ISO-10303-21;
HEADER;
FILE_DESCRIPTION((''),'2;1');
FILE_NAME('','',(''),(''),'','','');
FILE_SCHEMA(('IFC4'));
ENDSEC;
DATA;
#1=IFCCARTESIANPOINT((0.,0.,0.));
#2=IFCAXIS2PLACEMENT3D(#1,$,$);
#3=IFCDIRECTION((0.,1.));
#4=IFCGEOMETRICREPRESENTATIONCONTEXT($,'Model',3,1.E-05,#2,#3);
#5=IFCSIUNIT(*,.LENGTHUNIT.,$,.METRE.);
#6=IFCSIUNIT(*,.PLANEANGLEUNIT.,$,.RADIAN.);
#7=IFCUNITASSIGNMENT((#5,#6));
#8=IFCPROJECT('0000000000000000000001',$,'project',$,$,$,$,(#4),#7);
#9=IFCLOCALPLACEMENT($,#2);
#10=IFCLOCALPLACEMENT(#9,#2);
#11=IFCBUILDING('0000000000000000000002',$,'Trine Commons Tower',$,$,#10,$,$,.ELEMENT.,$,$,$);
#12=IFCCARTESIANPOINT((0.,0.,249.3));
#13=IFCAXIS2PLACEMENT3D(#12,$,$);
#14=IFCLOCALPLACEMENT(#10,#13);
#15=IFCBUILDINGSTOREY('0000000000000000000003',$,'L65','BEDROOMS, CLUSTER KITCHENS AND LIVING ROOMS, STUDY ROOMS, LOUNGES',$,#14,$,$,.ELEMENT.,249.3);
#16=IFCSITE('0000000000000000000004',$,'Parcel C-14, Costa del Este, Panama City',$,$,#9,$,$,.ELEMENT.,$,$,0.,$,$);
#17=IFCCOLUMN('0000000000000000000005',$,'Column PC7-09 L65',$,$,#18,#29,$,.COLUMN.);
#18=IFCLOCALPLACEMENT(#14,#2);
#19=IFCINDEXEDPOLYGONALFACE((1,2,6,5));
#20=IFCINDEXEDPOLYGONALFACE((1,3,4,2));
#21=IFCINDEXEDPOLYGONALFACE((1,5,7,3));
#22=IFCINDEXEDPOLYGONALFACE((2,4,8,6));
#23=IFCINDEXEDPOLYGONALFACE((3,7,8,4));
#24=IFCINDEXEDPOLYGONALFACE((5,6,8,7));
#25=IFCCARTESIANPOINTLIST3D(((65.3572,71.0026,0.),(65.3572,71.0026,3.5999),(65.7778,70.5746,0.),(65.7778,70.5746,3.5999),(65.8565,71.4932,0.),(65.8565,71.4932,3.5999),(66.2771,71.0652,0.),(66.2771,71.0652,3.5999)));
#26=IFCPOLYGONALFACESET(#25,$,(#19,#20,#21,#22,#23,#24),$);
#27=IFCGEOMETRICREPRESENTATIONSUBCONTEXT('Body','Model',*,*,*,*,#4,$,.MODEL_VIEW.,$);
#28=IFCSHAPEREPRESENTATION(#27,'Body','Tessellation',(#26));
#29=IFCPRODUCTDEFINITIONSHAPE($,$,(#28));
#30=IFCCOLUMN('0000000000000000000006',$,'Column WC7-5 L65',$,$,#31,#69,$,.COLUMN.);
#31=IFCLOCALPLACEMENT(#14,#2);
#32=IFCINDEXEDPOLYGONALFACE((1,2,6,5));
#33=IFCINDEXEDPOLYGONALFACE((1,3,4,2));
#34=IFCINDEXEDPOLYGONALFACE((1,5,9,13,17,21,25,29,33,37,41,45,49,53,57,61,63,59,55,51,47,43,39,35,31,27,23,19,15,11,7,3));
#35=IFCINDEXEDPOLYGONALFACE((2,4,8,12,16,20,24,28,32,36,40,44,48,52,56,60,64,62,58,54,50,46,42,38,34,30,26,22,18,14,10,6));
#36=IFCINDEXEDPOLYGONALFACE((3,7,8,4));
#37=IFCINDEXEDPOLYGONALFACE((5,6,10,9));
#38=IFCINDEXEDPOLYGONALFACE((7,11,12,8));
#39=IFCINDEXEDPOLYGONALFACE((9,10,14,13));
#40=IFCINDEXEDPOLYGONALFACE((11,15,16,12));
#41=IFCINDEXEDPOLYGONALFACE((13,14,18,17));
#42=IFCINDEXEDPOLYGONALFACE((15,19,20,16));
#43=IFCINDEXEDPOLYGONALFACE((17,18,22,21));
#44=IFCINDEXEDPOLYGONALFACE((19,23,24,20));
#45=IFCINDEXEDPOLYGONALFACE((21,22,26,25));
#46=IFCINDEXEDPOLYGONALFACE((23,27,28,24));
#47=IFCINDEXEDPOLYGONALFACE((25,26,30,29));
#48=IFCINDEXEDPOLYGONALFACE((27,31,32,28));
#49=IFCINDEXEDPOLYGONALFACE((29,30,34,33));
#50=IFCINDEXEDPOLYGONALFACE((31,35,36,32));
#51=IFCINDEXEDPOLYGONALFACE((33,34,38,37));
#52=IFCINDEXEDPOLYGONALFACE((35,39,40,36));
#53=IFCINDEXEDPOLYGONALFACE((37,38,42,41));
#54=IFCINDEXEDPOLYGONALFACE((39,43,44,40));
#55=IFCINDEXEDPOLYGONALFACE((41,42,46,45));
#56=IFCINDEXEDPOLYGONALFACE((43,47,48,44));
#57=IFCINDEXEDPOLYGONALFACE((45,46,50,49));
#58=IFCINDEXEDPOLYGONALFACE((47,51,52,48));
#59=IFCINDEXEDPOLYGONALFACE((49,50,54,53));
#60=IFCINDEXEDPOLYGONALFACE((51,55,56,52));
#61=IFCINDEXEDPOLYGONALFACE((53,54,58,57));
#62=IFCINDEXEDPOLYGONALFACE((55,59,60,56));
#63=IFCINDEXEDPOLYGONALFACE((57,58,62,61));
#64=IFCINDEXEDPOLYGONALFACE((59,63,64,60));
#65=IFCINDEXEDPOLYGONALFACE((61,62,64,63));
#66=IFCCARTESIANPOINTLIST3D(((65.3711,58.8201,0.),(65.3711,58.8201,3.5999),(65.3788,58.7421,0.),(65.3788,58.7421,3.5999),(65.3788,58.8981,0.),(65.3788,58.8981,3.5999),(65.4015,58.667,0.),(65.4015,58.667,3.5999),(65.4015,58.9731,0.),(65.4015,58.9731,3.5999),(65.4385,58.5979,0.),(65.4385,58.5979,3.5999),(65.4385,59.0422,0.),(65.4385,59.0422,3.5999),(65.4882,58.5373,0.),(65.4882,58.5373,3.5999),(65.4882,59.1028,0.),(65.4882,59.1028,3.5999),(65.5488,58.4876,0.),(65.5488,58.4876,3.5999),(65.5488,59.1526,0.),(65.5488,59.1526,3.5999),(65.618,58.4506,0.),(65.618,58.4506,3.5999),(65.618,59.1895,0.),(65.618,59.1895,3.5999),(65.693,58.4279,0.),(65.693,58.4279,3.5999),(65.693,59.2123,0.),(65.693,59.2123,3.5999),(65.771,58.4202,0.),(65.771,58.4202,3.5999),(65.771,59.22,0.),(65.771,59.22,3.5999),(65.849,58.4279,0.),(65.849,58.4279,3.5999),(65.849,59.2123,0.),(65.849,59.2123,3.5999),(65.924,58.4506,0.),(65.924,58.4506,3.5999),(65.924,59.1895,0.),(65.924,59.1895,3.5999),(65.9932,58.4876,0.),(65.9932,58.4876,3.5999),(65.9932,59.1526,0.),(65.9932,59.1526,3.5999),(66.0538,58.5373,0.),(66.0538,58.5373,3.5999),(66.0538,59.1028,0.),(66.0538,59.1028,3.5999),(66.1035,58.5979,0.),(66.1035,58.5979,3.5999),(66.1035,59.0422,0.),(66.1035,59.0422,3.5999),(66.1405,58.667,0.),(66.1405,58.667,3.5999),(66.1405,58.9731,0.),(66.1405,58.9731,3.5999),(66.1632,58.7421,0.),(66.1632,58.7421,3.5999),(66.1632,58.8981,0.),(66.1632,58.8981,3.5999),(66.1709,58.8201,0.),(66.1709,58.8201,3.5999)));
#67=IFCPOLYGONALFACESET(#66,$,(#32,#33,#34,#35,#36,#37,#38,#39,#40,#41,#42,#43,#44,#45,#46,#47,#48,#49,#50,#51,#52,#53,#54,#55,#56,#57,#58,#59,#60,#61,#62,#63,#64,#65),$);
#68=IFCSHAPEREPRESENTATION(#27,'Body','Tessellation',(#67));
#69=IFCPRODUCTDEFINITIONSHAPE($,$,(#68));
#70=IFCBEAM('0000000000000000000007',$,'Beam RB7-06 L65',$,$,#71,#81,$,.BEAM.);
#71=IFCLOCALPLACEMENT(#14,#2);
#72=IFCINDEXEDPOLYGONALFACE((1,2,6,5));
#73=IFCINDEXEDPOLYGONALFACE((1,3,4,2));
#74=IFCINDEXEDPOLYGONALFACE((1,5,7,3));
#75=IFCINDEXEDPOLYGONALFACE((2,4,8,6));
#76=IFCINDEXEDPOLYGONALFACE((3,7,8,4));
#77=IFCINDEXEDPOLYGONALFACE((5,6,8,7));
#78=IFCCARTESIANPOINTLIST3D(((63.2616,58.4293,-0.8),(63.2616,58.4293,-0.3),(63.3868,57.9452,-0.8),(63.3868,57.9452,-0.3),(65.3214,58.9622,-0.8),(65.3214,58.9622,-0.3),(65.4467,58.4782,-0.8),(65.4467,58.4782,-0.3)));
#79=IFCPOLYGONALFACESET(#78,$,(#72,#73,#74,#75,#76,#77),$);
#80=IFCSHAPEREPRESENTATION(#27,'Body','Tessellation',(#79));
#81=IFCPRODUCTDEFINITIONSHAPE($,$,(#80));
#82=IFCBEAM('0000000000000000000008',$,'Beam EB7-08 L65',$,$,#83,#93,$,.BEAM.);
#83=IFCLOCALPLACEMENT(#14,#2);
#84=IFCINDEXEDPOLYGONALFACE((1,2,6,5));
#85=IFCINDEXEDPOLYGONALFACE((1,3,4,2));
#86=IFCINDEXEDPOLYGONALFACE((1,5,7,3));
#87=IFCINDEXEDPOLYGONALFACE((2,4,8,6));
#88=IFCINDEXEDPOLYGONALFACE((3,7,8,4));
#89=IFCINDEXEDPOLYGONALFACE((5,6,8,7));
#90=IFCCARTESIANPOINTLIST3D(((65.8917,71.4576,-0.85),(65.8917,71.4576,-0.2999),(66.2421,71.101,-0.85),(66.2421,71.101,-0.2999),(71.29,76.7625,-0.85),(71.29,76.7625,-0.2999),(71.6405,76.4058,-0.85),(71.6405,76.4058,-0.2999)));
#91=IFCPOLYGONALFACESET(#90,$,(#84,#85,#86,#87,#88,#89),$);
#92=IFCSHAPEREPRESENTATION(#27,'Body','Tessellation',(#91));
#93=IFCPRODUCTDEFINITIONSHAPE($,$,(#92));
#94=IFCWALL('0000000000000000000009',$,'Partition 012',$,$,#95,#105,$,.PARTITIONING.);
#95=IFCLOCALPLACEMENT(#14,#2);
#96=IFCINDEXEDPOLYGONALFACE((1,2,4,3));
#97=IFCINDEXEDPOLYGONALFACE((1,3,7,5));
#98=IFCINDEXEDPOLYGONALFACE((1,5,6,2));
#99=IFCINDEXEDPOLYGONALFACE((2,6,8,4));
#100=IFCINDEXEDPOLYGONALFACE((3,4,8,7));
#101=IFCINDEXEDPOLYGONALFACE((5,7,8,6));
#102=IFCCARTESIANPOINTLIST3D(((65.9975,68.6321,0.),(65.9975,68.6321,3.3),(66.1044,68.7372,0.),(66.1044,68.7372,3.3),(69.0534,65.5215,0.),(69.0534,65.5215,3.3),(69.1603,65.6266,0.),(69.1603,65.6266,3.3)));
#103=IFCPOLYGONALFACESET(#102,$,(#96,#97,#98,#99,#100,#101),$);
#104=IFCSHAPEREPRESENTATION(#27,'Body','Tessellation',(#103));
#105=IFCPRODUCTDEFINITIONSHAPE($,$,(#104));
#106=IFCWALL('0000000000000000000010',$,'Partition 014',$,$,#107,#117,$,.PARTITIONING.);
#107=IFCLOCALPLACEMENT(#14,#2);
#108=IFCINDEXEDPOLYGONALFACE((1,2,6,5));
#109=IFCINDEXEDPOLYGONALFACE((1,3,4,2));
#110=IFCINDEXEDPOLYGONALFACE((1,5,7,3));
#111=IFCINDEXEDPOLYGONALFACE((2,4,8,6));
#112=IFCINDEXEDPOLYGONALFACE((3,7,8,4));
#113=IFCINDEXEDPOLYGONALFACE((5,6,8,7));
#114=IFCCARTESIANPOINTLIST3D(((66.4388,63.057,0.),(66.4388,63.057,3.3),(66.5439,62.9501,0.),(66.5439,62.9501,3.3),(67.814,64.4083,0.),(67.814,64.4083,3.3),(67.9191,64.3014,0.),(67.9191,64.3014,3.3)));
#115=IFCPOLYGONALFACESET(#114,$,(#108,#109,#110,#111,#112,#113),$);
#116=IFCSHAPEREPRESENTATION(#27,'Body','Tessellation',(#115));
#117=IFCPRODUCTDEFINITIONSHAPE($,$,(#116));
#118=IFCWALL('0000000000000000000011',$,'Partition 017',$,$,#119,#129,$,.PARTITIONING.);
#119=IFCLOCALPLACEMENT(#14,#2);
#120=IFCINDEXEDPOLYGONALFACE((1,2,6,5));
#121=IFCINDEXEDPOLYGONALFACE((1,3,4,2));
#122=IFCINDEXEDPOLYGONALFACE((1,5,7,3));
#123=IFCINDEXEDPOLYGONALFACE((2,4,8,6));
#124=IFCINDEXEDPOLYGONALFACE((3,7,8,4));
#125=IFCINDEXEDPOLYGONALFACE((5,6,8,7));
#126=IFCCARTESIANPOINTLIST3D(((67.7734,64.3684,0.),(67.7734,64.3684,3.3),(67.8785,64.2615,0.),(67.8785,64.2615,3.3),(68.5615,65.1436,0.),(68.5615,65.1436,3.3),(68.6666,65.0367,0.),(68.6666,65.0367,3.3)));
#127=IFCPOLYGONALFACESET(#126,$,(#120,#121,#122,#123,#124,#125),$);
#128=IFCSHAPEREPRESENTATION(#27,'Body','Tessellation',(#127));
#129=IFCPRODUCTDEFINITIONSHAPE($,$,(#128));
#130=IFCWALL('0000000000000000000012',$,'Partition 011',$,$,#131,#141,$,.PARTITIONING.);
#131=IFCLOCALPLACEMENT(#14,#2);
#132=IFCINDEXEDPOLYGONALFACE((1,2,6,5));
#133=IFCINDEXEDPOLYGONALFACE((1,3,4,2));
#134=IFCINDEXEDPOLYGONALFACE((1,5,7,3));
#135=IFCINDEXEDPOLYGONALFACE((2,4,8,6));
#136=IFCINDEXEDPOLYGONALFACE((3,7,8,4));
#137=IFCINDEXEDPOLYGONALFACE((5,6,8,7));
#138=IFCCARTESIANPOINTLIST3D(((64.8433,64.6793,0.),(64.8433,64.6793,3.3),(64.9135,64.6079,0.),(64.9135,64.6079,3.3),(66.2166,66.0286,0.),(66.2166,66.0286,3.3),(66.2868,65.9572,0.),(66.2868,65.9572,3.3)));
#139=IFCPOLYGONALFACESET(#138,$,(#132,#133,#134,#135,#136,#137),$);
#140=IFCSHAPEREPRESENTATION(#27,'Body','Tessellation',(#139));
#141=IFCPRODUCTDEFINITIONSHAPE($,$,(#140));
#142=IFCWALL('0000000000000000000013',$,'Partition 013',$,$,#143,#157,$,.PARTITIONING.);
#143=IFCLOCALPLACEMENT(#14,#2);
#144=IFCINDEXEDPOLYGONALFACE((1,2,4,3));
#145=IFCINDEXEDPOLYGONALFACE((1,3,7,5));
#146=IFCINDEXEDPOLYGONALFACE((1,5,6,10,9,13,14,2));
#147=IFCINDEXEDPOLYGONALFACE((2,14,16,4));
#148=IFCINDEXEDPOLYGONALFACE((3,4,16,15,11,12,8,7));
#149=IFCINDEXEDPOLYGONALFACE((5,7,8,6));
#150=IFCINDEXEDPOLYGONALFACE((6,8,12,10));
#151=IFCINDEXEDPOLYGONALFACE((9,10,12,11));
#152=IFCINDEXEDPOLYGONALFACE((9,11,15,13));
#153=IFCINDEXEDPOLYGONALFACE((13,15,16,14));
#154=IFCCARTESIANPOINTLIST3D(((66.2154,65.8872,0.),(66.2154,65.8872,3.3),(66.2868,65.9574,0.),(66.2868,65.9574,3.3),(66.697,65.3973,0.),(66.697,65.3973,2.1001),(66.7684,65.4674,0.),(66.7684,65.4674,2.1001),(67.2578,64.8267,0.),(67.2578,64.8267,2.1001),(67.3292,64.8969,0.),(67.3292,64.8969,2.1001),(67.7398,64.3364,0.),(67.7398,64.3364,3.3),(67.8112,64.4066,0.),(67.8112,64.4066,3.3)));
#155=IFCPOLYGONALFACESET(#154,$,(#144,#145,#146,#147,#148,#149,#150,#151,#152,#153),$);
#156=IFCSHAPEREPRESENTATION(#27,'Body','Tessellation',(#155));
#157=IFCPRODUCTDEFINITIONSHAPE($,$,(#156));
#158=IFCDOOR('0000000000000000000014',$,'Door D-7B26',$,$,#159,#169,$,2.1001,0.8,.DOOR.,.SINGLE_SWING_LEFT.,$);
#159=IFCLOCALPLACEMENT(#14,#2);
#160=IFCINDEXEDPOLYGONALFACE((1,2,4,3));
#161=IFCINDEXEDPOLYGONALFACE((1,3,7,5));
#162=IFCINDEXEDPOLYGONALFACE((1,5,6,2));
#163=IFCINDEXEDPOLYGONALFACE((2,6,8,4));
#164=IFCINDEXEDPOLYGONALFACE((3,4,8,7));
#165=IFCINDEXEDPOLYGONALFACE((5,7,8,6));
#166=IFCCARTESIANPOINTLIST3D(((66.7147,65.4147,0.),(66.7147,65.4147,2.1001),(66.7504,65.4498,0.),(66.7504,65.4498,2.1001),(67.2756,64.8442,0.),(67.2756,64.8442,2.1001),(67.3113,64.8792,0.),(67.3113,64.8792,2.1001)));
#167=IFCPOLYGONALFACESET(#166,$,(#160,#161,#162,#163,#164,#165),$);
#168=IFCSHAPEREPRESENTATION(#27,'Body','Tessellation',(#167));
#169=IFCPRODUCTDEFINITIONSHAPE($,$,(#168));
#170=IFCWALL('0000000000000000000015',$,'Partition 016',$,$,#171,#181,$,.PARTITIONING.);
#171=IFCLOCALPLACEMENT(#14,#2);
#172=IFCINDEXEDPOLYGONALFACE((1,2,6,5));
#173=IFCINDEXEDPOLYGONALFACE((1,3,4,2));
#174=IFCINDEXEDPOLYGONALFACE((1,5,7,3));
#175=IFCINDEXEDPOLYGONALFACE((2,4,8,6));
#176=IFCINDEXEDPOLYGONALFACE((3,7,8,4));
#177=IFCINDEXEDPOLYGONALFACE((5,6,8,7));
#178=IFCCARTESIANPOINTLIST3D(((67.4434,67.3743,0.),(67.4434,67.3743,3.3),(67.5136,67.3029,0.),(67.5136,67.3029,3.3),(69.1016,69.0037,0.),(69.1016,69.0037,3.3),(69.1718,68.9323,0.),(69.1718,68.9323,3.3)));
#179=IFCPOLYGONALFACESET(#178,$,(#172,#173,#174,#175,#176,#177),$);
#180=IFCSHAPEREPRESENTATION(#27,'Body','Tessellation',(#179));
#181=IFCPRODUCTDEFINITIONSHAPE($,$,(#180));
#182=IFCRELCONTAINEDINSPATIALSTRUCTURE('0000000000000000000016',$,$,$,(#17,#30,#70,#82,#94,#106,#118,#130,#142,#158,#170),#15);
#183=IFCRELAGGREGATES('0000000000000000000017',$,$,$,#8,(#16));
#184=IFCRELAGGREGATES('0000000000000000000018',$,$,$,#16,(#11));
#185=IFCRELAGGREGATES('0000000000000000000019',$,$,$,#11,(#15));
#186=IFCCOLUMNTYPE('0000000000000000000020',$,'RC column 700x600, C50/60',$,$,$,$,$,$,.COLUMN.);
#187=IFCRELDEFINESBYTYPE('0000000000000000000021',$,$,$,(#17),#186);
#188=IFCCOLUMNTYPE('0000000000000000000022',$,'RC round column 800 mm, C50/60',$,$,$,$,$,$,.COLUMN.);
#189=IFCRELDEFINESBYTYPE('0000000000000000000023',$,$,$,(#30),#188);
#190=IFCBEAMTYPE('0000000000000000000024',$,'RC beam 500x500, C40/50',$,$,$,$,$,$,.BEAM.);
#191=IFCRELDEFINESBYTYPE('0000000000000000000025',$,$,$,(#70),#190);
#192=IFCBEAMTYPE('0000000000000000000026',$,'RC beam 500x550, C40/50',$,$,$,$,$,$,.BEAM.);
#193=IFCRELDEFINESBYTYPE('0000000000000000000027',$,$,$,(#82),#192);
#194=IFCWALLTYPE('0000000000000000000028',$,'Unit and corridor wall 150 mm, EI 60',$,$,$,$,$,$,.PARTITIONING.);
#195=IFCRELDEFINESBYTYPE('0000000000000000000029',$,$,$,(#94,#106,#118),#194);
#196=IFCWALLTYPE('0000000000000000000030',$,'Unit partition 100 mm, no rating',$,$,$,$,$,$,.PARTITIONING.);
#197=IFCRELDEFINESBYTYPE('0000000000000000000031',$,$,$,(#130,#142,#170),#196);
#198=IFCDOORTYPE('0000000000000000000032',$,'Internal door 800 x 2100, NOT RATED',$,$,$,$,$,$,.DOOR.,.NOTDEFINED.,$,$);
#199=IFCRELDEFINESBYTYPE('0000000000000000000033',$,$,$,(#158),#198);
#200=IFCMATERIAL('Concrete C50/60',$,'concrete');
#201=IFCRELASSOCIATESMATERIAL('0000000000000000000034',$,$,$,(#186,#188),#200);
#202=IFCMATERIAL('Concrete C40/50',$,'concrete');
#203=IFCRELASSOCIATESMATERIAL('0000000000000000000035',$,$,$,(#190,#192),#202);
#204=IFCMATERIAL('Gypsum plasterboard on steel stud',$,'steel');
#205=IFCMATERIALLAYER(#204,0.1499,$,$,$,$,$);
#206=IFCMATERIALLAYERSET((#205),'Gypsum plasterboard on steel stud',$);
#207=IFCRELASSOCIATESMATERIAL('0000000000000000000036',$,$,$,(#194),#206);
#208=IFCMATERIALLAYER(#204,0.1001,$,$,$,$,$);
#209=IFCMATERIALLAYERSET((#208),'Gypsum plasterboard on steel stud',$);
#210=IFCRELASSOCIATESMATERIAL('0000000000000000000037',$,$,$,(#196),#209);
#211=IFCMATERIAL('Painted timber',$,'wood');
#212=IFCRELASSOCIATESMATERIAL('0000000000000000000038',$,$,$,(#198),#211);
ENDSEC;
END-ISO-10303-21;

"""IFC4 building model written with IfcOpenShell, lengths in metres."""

from ifc_helpers import new_model, si_unit, direction, frame, frame_2d, origin, origin_2d, place, context, subcontext, project, spatial, rectangle, circle, extrude, material, layer, layer_set, material_profile, profile_set, type_object, element, fill, save


model = new_model("IFC4")

# Units and contexts
model_context = context("Model", 3, precision=1e-05, world=origin(), true_north=direction((0.0, 1.0)))
body_context = subcontext(model_context, "Body", "Model", "MODEL_VIEW")
ifc_project = project(units=[si_unit("LENGTHUNIT", "METRE"), si_unit("PLANEANGLEUNIT", "RADIAN")], contexts=[model_context])

# Site, building, storey
site_placement = place(None, origin())
site = spatial("IfcSite", under=ifc_project, at=site_placement, Name="Parcel C-14, Costa del Este, Panama City", CompositionType="ELEMENT", RefElevation=0.0)
building_placement = place(site_placement, origin())
building = spatial("IfcBuilding", under=site, at=building_placement, Name="Trine Commons Tower", CompositionType="ELEMENT")
storey_placement = place(building_placement, frame((0.0, 0.0, 249.3)))
storey = spatial("IfcBuildingStorey", under=building, at=storey_placement, Name="L65", Description="BEDROOMS, CLUSTER KITCHENS AND LIVING ROOMS, STUDY ROOMS, LOUNGES", CompositionType="ELEMENT", Elevation=249.3)

# Columns
ifc_material_1 = material(Name="Concrete C50/60", Category="concrete")
ifc_material_profile_1 = material_profile(ifc_material_1, rectangle(XDim=0.7, YDim=0.6001, at=origin_2d()), Name="RC 700x600")
ifc_profile_set_1 = profile_set([ifc_material_profile_1], Name="Concrete C50/60")
column_type_1 = type_object("IfcColumnType", Name="RC column 700x600, C50/60", PredefinedType="COLUMN", material=ifc_profile_set_1)
column_1_placement = place(storey_placement, frame((65.8171, 71.0339, 0.0), z_axis=(0.0, 0.0, 1.0), x_axis=(0.71325, 0.700909, 0.0)))
element("IfcColumn", 1, at=column_1_placement, inside=storey, type_object=column_type_1, Name="Column PC7-09 L65", PredefinedType="COLUMN", context=body_context, shape_type="SweptSolid", body=[
    extrude(rectangle(XDim=0.7, YDim=0.6001, at=origin_2d()), origin(), (0.0, 0.0, 1.0), 3.5999),
])
ifc_material_profile_2 = material_profile(ifc_material_1, circle(Radius=0.3999, at=origin_2d()), Name="RC round 800")
ifc_profile_set_2 = profile_set([ifc_material_profile_2], Name="Concrete C50/60")
column_type_2 = type_object("IfcColumnType", Name="RC round column 800 mm, C50/60", PredefinedType="COLUMN", material=ifc_profile_set_2)
column_2_placement = place(storey_placement, frame((65.771, 58.8201, 0.0), z_axis=(0.0, 0.0, 1.0), x_axis=(1.0, 0.0, 0.0)))
element("IfcColumn", 2, at=column_2_placement, inside=storey, type_object=column_type_2, Name="Column WC7-5 L65", PredefinedType="COLUMN", context=body_context, shape_type="SweptSolid", body=[
    extrude(circle(Radius=0.3999, at=origin_2d()), origin(), (0.0, 0.0, 1.0), 3.5999),
])

# Beams
ifc_material_2 = material(Name="Concrete C40/50", Category="concrete")
ifc_material_profile_3 = material_profile(ifc_material_2, rectangle(XDim=0.5, YDim=0.5, at=origin_2d()), Name="RC 500x500")
ifc_profile_set_3 = profile_set([ifc_material_profile_3], Name="Concrete C40/50")
beam_type_1 = type_object("IfcBeamType", Name="RC beam 500x500, C40/50", PredefinedType="BEAM", material=ifc_profile_set_3)
beam_1_placement = place(storey_placement, frame((65.384, 58.7202, -0.55), z_axis=(-0.968119, -0.250492, 0.0), x_axis=(0.250492, -0.968119, 0.0)))
element("IfcBeam", 3, at=beam_1_placement, inside=storey, type_object=beam_type_1, Name="Beam RB7-06 L65", PredefinedType="BEAM", context=body_context, shape_type="SweptSolid", body=[
    extrude(rectangle(XDim=0.5, YDim=0.5, at=origin_2d()), origin(), (0.0, 0.0, 1.0), 2.1277),
])
ifc_material_profile_4 = material_profile(ifc_material_2, rectangle(XDim=0.5, YDim=0.55, at=origin_2d()), Name="RC 500x550")
ifc_profile_set_4 = profile_set([ifc_material_profile_4], Name="Concrete C40/50")
beam_type_2 = type_object("IfcBeamType", Name="RC beam 500x550, C40/50", PredefinedType="BEAM", material=ifc_profile_set_4)
beam_2_placement = place(storey_placement, frame((66.0669, 71.2793, -0.575), z_axis=(0.713257, 0.700903, 0.0), x_axis=(-0.700903, 0.713257, 0.0)))
element("IfcBeam", 4, at=beam_2_placement, inside=storey, type_object=beam_type_2, Name="Beam EB7-08 L65", PredefinedType="BEAM", context=body_context, shape_type="SweptSolid", body=[
    extrude(rectangle(XDim=0.5, YDim=0.55, at=origin_2d()), origin(), (0.0, 0.0, 1.0), 7.5686),
])

# Walls
ifc_material_3 = material(Name="Gypsum plasterboard on steel stud", Category="steel")
ifc_layer_1 = layer(ifc_material_3, 0.1499)
ifc_layer_set_1 = layer_set([ifc_layer_1], Name="Gypsum plasterboard on steel stud")
wall_type_1 = type_object("IfcWallType", Name="Unit and corridor wall 150 mm, EI 60", PredefinedType="PARTITIONING", material=ifc_layer_set_1)
wall_1_placement = place(storey_placement, frame((66.051, 68.6846, 0.0), z_axis=(0.0, 0.0, 1.0), x_axis=(0.700808, -0.71335, 0.0)))
element("IfcWall", 5, at=wall_1_placement, inside=storey, type_object=wall_type_1, Name="Partition 012", PredefinedType="PARTITIONING", context=body_context, shape_type="SweptSolid", body=[
    extrude(rectangle(XDim=4.3606, YDim=0.1499, at=frame_2d((2.1802, 0.0))), origin(), (0.0, 0.0, 1.0), 3.3),
])
wall_2_placement = place(storey_placement, frame((66.4915, 63.0037, 0.0), z_axis=(0.0, 0.0, 1.0), x_axis=(0.713284, 0.700875, 0.0)))
element("IfcWall", 6, at=wall_2_placement, inside=storey, type_object=wall_type_1, Name="Partition 014", PredefinedType="PARTITIONING", context=body_context, shape_type="SweptSolid", body=[
    extrude(rectangle(XDim=1.928, YDim=0.1499, at=frame_2d((0.9639, 0.0))), origin(), (0.0, 0.0, 1.0), 3.3),
])
wall_3_placement = place(storey_placement, frame((67.8259, 64.3149, 0.0), z_axis=(0.0, 0.0, 1.0), x_axis=(0.712935, 0.70123, 0.0)))
element("IfcWall", 7, at=wall_3_placement, inside=storey, type_object=wall_type_1, Name="Partition 017", PredefinedType="PARTITIONING", context=body_context, shape_type="SweptSolid", body=[
    extrude(rectangle(XDim=1.1055, YDim=0.1499, at=frame_2d((0.5527, 0.0))), origin(), (0.0, 0.0, 1.0), 3.3),
])
ifc_layer_2 = layer(ifc_material_3, 0.1001)
ifc_layer_set_2 = layer_set([ifc_layer_2], Name="Gypsum plasterboard on steel stud")
wall_type_2 = type_object("IfcWallType", Name="Unit partition 100 mm, no rating", PredefinedType="PARTITIONING", material=ifc_layer_set_2)
wall_4_placement = place(storey_placement, frame((64.8784, 64.6436, 0.0), z_axis=(0.0, 0.0, 1.0), x_axis=(0.713293, 0.700866, 0.0)))
element("IfcWall", 8, at=wall_4_placement, inside=storey, type_object=wall_type_2, Name="Partition 011", PredefinedType="PARTITIONING", context=body_context, shape_type="SweptSolid", body=[
    extrude(rectangle(XDim=1.9253, YDim=0.1001, at=frame_2d((0.9626, 0.0))), origin(), (0.0, 0.0, 1.0), 3.3),
])

# Wall, opening, door
wall_5_placement = place(storey_placement, frame((66.251, 65.9224, 0.0), z_axis=(0.0, 0.0, 1.0), x_axis=(0.701018, -0.713143, 0.0)))
wall_5 = element("IfcWall", 9, at=wall_5_placement, inside=storey, type_object=wall_type_2, Name="Partition 013", PredefinedType="PARTITIONING", context=body_context, shape_type="SweptSolid", body=[
    extrude(rectangle(XDim=2.1746, YDim=0.1001, at=frame_2d((1.0874, 0.0))), origin(), (0.0, 0.0, 1.0), 3.3),
])
opening_placement = place(wall_5_placement, frame((0.6873, 0.0, 0.0)))
opening = element("IfcOpeningElement", 10, at=opening_placement, cuts=wall_5, PredefinedType="OPENING", context=body_context, shape_type="SweptSolid", body=[
    extrude(rectangle(XDim=0.8, YDim=2.1001, at=frame_2d((0.3999, 1.05))), frame((0.0, 0.0601, 0.0), z_axis=(0.0, -1.0, 0.0), x_axis=(1.0, 0.0, 0.0)), (0.0, 0.0, 1.0), 0.1201),
])
ifc_material_4 = material(Name="Painted timber", Category="wood")
door_type = type_object("IfcDoorType", Name="Internal door 800 x 2100, NOT RATED", OperationType="NOTDEFINED", PredefinedType="DOOR", material=ifc_material_4)
door_placement = place(opening_placement, origin())
door = element("IfcDoor", 11, at=door_placement, inside=storey, type_object=door_type, Name="Door D-7B26", OperationType="SINGLE_SWING_LEFT", OverallHeight=2.1001, OverallWidth=0.8, PredefinedType="DOOR", context=body_context, shape_type="SweptSolid", body=[
    extrude(rectangle(XDim=0.8, YDim=2.1001, at=frame_2d((0.3999, 1.05))), frame((0.0, 0.0249, 0.0), z_axis=(0.0, -1.0, 0.0), x_axis=(1.0, 0.0, 0.0)), (0.0, 0.0, 1.0), 0.05),
])
fill(opening, door)

# Wall
wall_6_placement = place(storey_placement, frame((67.4785, 67.3386, 0.0), z_axis=(0.0, 0.0, 1.0), x_axis=(0.713276, 0.700884, 0.0)))
element("IfcWall", 12, at=wall_6_placement, inside=storey, type_object=wall_type_2, Name="Partition 016", PredefinedType="PARTITIONING", context=body_context, shape_type="SweptSolid", body=[
    extrude(rectangle(XDim=2.3247, YDim=0.1001, at=frame_2d((1.1624, 0.0))), origin(), (0.0, 0.0, 1.0), 3.3),
])

save(model, "model.ifc")
